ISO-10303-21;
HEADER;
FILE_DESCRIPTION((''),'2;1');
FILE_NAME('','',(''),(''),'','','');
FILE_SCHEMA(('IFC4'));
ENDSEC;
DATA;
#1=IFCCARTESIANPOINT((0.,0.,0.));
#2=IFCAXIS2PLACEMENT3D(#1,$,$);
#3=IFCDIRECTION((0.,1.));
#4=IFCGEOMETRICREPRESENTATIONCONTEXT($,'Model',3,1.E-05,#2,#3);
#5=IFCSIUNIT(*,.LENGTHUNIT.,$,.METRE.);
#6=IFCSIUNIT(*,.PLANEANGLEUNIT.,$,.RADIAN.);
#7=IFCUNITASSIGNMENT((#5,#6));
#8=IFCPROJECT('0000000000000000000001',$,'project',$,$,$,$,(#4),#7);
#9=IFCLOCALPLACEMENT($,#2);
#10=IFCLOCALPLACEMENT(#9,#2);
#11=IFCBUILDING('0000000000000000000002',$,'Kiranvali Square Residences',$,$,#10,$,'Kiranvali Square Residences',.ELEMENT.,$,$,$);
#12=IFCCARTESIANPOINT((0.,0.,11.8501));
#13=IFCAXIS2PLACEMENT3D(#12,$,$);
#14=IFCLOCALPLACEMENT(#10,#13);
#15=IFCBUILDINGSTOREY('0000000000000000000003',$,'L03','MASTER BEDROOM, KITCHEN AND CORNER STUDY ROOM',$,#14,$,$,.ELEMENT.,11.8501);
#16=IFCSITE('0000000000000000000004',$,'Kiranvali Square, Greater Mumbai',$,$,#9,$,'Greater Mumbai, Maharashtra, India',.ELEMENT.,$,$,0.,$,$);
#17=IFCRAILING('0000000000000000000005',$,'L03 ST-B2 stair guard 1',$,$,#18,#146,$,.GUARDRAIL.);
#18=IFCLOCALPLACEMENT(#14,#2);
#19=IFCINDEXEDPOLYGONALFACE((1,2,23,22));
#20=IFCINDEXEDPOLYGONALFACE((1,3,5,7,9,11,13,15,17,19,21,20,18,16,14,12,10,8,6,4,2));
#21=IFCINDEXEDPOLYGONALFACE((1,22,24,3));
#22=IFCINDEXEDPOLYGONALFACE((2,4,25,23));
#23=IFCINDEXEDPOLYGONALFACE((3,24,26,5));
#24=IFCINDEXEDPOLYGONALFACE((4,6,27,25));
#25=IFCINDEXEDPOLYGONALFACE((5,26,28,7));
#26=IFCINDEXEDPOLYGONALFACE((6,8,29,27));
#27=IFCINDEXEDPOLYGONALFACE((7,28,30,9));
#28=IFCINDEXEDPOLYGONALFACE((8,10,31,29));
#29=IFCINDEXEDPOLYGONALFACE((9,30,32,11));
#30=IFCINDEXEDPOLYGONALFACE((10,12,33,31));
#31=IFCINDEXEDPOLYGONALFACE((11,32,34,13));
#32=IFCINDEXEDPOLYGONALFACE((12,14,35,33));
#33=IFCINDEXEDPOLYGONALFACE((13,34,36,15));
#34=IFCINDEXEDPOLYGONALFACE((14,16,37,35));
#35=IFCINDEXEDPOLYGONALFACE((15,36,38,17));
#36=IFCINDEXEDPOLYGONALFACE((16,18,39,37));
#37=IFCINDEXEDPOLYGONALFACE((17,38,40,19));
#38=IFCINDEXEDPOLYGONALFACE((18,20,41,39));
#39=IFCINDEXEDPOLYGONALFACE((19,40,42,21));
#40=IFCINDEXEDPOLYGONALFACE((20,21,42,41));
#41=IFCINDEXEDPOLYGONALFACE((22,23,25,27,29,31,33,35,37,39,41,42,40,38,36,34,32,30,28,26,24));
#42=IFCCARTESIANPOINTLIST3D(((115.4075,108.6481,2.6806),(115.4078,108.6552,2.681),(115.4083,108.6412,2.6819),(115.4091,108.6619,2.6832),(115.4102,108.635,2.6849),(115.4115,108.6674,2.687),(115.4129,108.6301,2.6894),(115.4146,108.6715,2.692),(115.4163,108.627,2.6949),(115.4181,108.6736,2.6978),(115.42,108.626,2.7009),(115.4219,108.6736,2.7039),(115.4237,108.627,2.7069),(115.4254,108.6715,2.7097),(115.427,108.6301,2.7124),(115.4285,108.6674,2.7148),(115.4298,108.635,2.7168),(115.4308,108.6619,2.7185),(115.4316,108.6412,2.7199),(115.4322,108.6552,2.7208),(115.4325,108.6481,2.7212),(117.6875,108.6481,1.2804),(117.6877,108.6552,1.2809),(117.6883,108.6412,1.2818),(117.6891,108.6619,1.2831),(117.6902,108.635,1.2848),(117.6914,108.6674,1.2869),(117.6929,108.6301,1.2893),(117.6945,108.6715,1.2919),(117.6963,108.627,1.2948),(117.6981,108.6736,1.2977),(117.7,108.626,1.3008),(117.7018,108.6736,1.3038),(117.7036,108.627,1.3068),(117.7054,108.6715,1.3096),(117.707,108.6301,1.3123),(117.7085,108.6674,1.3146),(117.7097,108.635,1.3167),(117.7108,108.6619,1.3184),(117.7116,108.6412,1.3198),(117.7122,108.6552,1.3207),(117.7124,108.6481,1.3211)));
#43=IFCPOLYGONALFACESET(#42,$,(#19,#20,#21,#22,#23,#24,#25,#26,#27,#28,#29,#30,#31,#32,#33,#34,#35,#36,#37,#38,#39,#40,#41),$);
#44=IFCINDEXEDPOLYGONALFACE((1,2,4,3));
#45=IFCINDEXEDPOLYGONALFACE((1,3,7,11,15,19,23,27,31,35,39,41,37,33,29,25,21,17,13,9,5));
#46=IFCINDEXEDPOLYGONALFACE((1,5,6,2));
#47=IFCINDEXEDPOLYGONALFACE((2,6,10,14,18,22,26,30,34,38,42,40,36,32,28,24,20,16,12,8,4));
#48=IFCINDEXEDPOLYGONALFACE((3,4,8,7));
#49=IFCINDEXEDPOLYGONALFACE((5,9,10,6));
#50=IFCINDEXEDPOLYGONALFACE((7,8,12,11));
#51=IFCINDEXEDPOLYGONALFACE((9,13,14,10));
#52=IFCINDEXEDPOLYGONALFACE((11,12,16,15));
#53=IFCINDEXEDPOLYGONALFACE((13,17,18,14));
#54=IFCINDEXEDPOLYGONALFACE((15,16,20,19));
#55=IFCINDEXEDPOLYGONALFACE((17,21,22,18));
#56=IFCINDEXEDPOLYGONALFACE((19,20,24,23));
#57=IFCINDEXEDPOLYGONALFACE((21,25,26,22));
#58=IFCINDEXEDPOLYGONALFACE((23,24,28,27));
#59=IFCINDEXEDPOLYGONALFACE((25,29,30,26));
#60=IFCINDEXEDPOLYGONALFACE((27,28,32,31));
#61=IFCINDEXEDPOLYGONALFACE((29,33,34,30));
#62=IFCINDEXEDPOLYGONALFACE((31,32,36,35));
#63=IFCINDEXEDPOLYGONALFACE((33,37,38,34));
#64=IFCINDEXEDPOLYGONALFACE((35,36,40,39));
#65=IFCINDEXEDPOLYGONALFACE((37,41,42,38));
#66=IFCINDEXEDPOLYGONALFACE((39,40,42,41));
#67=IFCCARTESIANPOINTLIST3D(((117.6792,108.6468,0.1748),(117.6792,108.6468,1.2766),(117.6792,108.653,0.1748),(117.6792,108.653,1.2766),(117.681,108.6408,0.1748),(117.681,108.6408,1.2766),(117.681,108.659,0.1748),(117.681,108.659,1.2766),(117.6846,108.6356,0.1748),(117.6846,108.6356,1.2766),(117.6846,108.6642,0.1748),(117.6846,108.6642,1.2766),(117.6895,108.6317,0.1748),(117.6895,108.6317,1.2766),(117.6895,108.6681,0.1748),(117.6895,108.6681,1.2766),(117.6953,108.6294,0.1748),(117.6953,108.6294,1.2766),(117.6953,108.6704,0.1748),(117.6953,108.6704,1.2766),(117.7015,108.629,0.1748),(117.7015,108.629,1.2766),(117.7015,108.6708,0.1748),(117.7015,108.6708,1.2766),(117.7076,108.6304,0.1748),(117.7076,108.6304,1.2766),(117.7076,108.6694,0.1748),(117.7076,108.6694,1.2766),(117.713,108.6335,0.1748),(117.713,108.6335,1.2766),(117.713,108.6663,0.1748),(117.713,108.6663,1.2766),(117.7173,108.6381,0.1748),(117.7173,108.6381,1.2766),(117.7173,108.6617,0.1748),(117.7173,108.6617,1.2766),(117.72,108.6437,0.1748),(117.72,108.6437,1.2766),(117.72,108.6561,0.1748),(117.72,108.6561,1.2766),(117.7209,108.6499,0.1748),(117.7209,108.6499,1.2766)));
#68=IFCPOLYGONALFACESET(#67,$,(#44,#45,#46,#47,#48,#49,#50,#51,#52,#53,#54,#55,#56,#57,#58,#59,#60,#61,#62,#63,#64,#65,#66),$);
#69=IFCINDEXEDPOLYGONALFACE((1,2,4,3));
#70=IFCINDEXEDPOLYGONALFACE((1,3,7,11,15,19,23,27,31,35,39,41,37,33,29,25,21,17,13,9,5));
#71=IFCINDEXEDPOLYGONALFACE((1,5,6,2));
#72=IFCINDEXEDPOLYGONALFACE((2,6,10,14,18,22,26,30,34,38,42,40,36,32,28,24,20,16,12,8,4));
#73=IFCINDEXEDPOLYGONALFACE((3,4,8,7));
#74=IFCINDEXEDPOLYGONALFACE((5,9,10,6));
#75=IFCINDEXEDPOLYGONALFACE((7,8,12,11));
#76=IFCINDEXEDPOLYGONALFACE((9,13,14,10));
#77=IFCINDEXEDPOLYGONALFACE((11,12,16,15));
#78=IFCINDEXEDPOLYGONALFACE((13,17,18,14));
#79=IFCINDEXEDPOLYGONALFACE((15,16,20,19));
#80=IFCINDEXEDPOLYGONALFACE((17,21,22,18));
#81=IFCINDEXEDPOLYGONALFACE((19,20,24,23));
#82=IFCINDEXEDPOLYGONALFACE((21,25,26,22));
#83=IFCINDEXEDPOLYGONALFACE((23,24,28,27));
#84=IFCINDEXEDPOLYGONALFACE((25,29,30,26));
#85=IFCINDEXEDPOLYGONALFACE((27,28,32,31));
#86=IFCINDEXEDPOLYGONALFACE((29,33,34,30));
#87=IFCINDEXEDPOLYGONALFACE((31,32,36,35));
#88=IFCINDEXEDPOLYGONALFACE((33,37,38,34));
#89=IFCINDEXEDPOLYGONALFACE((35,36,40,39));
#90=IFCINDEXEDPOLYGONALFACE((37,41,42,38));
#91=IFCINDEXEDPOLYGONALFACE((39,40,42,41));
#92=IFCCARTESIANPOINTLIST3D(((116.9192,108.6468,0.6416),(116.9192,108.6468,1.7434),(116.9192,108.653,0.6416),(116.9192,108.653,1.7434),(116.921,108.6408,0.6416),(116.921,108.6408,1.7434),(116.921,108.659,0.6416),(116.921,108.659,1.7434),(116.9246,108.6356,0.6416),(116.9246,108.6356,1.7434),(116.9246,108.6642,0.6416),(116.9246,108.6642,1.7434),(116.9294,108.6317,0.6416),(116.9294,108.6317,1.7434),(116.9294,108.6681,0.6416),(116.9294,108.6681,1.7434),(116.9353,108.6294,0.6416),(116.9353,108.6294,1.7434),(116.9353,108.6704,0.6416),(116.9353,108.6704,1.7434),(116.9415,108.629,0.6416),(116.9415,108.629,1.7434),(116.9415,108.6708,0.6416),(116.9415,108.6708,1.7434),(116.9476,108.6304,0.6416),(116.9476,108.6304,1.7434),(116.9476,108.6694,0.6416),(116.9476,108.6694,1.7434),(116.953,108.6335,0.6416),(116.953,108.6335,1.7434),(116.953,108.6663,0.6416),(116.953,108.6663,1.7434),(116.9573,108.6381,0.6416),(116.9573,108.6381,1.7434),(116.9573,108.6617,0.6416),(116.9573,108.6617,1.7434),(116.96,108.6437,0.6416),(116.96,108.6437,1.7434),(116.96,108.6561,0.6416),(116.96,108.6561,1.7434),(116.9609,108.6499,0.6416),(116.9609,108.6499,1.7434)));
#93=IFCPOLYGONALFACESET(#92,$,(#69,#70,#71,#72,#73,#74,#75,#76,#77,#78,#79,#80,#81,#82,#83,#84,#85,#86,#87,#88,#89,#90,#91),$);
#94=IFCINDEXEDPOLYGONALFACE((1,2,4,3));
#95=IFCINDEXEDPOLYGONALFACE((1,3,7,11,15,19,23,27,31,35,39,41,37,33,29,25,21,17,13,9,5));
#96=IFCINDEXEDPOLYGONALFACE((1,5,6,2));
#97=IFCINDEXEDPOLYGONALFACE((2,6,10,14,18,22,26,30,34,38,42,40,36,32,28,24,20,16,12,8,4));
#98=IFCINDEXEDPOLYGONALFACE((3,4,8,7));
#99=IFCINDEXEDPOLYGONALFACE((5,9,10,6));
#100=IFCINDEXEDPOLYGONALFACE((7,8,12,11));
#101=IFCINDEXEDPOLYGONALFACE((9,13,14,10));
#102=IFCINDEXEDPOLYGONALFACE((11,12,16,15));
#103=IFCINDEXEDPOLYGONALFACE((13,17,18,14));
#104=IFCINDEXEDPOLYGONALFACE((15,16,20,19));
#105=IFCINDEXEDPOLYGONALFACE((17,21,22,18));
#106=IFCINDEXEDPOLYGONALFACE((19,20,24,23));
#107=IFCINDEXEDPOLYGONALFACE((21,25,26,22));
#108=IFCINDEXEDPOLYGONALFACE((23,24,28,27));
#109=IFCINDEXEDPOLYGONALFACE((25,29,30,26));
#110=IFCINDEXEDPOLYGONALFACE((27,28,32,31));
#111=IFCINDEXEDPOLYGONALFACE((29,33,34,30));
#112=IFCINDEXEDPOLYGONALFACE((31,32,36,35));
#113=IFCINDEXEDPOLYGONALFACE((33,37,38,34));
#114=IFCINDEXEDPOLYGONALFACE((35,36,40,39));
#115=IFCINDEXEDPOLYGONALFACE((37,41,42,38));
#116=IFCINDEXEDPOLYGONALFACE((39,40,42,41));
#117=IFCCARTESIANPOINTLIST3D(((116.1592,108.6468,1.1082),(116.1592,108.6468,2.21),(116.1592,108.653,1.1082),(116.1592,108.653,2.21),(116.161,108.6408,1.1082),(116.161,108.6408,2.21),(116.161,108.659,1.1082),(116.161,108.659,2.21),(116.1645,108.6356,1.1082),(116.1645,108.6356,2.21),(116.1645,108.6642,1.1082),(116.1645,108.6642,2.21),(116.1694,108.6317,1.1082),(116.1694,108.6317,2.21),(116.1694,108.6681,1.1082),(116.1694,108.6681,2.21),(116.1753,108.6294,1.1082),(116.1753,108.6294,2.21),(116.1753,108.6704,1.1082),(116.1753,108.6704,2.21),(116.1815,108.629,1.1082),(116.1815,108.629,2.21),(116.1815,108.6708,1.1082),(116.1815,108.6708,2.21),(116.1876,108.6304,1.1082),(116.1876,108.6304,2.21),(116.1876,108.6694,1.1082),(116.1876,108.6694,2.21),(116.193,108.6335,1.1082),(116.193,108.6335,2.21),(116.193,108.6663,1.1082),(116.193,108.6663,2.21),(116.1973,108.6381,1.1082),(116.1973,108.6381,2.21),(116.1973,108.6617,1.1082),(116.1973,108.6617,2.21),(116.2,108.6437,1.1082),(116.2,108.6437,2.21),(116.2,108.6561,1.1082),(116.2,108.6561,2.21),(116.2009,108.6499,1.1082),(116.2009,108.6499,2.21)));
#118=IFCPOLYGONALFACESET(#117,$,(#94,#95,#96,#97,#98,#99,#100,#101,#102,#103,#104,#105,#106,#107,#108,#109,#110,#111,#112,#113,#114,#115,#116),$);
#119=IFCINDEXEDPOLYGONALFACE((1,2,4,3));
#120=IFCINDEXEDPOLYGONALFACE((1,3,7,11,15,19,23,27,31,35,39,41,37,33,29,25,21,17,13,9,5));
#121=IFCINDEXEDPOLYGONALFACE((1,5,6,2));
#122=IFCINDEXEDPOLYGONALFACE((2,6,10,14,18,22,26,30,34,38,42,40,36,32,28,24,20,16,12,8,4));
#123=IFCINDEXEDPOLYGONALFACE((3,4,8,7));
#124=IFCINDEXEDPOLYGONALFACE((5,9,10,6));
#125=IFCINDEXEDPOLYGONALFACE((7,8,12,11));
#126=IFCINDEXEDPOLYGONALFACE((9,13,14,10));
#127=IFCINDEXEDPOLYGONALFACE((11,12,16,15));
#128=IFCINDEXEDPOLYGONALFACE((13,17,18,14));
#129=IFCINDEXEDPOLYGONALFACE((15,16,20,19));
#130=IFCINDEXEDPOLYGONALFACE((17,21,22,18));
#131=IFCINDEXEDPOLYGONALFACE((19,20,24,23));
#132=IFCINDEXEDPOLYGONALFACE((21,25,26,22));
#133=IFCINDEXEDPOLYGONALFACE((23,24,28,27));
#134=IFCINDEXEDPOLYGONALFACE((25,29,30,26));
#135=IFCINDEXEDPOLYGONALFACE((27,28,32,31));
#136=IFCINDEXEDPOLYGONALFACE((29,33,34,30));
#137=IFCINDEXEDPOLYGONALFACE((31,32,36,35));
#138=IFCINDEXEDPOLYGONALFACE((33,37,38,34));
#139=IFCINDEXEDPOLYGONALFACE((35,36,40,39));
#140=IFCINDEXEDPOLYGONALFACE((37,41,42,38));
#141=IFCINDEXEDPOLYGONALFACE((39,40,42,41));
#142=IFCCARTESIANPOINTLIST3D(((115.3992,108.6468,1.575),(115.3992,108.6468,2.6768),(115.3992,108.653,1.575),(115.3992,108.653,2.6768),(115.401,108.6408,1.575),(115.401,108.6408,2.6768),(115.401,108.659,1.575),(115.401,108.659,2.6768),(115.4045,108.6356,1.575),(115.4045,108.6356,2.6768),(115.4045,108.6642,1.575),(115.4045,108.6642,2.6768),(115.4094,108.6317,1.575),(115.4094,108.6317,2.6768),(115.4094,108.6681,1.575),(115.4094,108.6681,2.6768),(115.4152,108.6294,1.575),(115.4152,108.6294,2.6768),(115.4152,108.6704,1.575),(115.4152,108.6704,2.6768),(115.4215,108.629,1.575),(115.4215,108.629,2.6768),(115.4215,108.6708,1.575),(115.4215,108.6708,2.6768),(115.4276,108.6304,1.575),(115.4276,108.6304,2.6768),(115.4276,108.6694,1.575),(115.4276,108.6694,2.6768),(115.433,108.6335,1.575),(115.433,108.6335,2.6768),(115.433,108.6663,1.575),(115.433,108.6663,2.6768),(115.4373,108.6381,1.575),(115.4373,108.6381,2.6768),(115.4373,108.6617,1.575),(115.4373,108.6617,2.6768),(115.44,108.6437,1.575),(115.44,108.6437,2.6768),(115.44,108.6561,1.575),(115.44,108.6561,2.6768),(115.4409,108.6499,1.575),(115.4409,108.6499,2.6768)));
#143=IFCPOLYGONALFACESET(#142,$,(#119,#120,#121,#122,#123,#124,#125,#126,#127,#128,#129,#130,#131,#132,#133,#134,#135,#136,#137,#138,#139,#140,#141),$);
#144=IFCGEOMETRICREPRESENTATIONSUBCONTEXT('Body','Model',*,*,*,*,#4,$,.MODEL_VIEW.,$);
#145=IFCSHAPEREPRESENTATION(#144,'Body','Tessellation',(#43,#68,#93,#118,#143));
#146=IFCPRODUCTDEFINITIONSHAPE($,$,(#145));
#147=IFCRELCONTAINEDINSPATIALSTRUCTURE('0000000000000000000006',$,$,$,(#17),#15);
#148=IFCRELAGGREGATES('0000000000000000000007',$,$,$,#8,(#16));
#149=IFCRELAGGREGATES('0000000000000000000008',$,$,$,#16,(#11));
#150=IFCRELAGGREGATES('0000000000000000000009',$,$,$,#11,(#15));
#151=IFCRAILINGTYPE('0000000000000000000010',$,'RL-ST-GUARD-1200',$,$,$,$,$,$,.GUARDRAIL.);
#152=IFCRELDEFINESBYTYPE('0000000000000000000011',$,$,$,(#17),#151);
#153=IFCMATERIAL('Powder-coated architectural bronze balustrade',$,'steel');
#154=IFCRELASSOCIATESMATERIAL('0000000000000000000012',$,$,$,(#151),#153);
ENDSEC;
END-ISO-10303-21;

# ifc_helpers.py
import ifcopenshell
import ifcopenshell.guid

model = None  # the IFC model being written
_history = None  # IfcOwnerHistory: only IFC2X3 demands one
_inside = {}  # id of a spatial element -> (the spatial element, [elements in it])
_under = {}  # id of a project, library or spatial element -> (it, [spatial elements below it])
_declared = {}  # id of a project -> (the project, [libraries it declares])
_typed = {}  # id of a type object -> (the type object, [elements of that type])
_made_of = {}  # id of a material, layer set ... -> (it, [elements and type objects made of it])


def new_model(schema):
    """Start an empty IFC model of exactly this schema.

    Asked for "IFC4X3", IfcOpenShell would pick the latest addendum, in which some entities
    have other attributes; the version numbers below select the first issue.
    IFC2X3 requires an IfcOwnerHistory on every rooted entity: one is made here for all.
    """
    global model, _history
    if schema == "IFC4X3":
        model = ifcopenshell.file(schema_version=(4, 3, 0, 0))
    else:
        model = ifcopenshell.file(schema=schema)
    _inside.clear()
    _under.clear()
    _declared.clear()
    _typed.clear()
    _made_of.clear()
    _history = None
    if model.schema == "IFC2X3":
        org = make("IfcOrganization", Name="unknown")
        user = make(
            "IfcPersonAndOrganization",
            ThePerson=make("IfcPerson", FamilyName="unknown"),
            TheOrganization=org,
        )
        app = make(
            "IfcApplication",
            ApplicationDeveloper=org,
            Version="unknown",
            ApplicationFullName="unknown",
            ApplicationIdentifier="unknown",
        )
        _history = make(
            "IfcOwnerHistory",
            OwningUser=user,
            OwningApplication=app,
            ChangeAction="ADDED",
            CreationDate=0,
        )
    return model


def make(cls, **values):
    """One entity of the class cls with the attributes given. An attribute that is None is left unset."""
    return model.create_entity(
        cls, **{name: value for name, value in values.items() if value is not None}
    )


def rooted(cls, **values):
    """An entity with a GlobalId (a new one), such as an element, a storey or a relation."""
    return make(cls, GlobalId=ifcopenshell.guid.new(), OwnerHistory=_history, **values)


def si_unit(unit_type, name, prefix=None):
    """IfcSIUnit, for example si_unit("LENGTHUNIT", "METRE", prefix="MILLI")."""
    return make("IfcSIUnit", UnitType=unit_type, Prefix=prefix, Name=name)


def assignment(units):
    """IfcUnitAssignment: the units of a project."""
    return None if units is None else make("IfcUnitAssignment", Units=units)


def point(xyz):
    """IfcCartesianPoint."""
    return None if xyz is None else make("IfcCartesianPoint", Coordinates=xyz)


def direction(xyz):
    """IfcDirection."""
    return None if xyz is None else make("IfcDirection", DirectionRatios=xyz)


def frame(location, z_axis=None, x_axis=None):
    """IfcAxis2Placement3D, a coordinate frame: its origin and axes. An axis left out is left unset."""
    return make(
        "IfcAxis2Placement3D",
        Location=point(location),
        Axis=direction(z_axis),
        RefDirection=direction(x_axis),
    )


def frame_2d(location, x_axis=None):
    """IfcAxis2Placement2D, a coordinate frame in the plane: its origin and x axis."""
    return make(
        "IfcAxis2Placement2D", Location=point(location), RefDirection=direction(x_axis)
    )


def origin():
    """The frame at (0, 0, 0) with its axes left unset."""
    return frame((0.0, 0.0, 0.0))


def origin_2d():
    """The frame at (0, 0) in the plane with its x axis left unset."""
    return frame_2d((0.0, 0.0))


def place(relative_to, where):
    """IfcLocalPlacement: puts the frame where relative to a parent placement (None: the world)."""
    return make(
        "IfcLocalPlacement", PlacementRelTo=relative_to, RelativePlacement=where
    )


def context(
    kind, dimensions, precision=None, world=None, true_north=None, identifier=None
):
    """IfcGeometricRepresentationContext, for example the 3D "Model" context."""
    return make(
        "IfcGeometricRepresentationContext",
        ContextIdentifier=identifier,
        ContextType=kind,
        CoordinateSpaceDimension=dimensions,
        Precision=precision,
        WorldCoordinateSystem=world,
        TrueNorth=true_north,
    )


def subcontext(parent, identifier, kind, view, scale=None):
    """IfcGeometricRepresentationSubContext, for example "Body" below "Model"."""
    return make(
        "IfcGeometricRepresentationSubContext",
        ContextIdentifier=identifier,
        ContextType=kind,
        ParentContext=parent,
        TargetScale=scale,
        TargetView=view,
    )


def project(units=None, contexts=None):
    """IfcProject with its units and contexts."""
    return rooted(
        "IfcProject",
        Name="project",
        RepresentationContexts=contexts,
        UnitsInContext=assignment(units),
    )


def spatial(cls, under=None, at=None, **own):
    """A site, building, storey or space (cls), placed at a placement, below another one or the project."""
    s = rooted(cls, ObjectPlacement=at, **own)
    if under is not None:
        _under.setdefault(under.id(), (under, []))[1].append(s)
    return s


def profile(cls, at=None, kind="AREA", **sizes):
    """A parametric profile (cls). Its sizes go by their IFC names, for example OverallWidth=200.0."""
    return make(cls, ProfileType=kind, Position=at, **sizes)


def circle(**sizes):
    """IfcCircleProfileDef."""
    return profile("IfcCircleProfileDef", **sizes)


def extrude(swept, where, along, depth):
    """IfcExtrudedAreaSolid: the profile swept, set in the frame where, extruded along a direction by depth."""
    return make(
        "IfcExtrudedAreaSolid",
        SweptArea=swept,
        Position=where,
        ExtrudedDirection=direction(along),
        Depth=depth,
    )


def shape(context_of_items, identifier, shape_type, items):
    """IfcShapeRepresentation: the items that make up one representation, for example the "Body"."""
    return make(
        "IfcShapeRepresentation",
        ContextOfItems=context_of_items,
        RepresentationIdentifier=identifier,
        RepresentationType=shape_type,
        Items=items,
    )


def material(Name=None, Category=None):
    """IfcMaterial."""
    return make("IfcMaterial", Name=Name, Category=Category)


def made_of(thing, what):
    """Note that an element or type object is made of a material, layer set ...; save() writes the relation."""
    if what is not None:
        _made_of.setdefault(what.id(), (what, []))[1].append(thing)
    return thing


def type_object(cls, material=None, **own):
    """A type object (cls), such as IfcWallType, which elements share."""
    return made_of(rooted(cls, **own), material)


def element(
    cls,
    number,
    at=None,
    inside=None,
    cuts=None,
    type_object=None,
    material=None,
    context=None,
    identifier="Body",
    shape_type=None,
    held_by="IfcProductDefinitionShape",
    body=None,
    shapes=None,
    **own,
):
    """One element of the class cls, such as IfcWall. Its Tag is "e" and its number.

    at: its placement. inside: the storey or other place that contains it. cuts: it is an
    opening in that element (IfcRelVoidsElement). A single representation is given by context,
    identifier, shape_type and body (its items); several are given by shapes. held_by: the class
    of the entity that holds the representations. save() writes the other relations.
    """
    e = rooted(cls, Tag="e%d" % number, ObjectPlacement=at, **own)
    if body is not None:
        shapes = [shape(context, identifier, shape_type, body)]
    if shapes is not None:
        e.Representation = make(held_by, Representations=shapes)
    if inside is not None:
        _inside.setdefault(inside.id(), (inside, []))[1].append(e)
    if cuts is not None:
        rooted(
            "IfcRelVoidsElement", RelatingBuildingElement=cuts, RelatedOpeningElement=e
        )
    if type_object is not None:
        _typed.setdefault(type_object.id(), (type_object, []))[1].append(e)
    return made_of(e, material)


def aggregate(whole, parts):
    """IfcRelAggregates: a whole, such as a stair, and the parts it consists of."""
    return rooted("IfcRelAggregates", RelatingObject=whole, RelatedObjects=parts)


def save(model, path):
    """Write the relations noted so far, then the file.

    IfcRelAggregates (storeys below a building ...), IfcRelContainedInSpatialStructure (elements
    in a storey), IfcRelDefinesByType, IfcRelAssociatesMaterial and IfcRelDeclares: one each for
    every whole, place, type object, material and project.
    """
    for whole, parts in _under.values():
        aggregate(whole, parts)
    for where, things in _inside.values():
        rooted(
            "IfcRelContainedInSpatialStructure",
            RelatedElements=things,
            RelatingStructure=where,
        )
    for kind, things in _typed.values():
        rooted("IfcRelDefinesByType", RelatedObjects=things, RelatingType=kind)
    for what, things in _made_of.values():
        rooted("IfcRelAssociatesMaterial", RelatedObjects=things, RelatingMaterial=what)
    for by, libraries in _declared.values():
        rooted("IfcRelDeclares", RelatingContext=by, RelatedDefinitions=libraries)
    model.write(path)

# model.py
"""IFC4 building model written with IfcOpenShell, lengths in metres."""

from ifc_helpers import new_model, si_unit, direction, frame, origin, origin_2d, place, context, subcontext, project, spatial, circle, extrude, material, type_object, element, save


model = new_model("IFC4")

# Units and contexts
model_context = context("Model", 3, precision=1e-05, world=origin(), true_north=direction((0.0, 1.0)))
body_context = subcontext(model_context, "Body", "Model", "MODEL_VIEW")
ifc_project = project(units=[si_unit("LENGTHUNIT", "METRE"), si_unit("PLANEANGLEUNIT", "RADIAN")], contexts=[model_context])

# Site, building, storey
site_placement = place(None, origin())
site = spatial("IfcSite", under=ifc_project, at=site_placement, Name="Kiranvali Square, Greater Mumbai", LongName="Greater Mumbai, Maharashtra, India", CompositionType="ELEMENT", RefElevation=0.0)
building_placement = place(site_placement, origin())
building = spatial("IfcBuilding", under=site, at=building_placement, Name="Kiranvali Square Residences", LongName="Kiranvali Square Residences", CompositionType="ELEMENT")
storey_placement = place(building_placement, frame((0.0, 0.0, 11.8501)))
storey = spatial("IfcBuildingStorey", under=building, at=storey_placement, Name="L03", Description="MASTER BEDROOM, KITCHEN AND CORNER STUDY ROOM", CompositionType="ELEMENT", Elevation=11.8501)

# Railing
ifc_material_1 = material(Name="Powder-coated architectural bronze balustrade", Category="steel")
railing_type_1 = type_object("IfcRailingType", Name="RL-ST-GUARD-1200", PredefinedType="GUARDRAIL", material=ifc_material_1)
railing_1_placement = place(storey_placement, frame((117.7, 108.6499, 0.1748)))
element("IfcRailing", 1, at=railing_1_placement, inside=storey, type_object=railing_type_1, Name="L03 ST-B2 stair guard 1", PredefinedType="GUARDRAIL", context=body_context, shape_type="SweptSolid", body=[
    extrude(circle(Radius=0.0239, at=origin_2d()), frame((0.0, 0.0, 1.126), z_axis=(-0.85215, 0.0, 0.523298), x_axis=(0.0, -1.0, 0.0)), (0.0, 0.0, 1.0), 2.6755),
    extrude(circle(Radius=0.021, at=origin_2d()), origin(), (0.0, 0.0, 1.0), 1.1018),
    extrude(circle(Radius=0.021, at=origin_2d()), frame((-0.76, 0.0, 0.4668)), (0.0, 0.0, 1.0), 1.1018),
    extrude(circle(Radius=0.021, at=origin_2d()), frame((-1.52, 0.0, 0.9333)), (0.0, 0.0, 1.0), 1.1018),
    extrude(circle(Radius=0.021, at=origin_2d()), frame((-2.28, 0.0, 1.4001)), (0.0, 0.0, 1.0), 1.1018),
])

save(model, "model.ifc")
